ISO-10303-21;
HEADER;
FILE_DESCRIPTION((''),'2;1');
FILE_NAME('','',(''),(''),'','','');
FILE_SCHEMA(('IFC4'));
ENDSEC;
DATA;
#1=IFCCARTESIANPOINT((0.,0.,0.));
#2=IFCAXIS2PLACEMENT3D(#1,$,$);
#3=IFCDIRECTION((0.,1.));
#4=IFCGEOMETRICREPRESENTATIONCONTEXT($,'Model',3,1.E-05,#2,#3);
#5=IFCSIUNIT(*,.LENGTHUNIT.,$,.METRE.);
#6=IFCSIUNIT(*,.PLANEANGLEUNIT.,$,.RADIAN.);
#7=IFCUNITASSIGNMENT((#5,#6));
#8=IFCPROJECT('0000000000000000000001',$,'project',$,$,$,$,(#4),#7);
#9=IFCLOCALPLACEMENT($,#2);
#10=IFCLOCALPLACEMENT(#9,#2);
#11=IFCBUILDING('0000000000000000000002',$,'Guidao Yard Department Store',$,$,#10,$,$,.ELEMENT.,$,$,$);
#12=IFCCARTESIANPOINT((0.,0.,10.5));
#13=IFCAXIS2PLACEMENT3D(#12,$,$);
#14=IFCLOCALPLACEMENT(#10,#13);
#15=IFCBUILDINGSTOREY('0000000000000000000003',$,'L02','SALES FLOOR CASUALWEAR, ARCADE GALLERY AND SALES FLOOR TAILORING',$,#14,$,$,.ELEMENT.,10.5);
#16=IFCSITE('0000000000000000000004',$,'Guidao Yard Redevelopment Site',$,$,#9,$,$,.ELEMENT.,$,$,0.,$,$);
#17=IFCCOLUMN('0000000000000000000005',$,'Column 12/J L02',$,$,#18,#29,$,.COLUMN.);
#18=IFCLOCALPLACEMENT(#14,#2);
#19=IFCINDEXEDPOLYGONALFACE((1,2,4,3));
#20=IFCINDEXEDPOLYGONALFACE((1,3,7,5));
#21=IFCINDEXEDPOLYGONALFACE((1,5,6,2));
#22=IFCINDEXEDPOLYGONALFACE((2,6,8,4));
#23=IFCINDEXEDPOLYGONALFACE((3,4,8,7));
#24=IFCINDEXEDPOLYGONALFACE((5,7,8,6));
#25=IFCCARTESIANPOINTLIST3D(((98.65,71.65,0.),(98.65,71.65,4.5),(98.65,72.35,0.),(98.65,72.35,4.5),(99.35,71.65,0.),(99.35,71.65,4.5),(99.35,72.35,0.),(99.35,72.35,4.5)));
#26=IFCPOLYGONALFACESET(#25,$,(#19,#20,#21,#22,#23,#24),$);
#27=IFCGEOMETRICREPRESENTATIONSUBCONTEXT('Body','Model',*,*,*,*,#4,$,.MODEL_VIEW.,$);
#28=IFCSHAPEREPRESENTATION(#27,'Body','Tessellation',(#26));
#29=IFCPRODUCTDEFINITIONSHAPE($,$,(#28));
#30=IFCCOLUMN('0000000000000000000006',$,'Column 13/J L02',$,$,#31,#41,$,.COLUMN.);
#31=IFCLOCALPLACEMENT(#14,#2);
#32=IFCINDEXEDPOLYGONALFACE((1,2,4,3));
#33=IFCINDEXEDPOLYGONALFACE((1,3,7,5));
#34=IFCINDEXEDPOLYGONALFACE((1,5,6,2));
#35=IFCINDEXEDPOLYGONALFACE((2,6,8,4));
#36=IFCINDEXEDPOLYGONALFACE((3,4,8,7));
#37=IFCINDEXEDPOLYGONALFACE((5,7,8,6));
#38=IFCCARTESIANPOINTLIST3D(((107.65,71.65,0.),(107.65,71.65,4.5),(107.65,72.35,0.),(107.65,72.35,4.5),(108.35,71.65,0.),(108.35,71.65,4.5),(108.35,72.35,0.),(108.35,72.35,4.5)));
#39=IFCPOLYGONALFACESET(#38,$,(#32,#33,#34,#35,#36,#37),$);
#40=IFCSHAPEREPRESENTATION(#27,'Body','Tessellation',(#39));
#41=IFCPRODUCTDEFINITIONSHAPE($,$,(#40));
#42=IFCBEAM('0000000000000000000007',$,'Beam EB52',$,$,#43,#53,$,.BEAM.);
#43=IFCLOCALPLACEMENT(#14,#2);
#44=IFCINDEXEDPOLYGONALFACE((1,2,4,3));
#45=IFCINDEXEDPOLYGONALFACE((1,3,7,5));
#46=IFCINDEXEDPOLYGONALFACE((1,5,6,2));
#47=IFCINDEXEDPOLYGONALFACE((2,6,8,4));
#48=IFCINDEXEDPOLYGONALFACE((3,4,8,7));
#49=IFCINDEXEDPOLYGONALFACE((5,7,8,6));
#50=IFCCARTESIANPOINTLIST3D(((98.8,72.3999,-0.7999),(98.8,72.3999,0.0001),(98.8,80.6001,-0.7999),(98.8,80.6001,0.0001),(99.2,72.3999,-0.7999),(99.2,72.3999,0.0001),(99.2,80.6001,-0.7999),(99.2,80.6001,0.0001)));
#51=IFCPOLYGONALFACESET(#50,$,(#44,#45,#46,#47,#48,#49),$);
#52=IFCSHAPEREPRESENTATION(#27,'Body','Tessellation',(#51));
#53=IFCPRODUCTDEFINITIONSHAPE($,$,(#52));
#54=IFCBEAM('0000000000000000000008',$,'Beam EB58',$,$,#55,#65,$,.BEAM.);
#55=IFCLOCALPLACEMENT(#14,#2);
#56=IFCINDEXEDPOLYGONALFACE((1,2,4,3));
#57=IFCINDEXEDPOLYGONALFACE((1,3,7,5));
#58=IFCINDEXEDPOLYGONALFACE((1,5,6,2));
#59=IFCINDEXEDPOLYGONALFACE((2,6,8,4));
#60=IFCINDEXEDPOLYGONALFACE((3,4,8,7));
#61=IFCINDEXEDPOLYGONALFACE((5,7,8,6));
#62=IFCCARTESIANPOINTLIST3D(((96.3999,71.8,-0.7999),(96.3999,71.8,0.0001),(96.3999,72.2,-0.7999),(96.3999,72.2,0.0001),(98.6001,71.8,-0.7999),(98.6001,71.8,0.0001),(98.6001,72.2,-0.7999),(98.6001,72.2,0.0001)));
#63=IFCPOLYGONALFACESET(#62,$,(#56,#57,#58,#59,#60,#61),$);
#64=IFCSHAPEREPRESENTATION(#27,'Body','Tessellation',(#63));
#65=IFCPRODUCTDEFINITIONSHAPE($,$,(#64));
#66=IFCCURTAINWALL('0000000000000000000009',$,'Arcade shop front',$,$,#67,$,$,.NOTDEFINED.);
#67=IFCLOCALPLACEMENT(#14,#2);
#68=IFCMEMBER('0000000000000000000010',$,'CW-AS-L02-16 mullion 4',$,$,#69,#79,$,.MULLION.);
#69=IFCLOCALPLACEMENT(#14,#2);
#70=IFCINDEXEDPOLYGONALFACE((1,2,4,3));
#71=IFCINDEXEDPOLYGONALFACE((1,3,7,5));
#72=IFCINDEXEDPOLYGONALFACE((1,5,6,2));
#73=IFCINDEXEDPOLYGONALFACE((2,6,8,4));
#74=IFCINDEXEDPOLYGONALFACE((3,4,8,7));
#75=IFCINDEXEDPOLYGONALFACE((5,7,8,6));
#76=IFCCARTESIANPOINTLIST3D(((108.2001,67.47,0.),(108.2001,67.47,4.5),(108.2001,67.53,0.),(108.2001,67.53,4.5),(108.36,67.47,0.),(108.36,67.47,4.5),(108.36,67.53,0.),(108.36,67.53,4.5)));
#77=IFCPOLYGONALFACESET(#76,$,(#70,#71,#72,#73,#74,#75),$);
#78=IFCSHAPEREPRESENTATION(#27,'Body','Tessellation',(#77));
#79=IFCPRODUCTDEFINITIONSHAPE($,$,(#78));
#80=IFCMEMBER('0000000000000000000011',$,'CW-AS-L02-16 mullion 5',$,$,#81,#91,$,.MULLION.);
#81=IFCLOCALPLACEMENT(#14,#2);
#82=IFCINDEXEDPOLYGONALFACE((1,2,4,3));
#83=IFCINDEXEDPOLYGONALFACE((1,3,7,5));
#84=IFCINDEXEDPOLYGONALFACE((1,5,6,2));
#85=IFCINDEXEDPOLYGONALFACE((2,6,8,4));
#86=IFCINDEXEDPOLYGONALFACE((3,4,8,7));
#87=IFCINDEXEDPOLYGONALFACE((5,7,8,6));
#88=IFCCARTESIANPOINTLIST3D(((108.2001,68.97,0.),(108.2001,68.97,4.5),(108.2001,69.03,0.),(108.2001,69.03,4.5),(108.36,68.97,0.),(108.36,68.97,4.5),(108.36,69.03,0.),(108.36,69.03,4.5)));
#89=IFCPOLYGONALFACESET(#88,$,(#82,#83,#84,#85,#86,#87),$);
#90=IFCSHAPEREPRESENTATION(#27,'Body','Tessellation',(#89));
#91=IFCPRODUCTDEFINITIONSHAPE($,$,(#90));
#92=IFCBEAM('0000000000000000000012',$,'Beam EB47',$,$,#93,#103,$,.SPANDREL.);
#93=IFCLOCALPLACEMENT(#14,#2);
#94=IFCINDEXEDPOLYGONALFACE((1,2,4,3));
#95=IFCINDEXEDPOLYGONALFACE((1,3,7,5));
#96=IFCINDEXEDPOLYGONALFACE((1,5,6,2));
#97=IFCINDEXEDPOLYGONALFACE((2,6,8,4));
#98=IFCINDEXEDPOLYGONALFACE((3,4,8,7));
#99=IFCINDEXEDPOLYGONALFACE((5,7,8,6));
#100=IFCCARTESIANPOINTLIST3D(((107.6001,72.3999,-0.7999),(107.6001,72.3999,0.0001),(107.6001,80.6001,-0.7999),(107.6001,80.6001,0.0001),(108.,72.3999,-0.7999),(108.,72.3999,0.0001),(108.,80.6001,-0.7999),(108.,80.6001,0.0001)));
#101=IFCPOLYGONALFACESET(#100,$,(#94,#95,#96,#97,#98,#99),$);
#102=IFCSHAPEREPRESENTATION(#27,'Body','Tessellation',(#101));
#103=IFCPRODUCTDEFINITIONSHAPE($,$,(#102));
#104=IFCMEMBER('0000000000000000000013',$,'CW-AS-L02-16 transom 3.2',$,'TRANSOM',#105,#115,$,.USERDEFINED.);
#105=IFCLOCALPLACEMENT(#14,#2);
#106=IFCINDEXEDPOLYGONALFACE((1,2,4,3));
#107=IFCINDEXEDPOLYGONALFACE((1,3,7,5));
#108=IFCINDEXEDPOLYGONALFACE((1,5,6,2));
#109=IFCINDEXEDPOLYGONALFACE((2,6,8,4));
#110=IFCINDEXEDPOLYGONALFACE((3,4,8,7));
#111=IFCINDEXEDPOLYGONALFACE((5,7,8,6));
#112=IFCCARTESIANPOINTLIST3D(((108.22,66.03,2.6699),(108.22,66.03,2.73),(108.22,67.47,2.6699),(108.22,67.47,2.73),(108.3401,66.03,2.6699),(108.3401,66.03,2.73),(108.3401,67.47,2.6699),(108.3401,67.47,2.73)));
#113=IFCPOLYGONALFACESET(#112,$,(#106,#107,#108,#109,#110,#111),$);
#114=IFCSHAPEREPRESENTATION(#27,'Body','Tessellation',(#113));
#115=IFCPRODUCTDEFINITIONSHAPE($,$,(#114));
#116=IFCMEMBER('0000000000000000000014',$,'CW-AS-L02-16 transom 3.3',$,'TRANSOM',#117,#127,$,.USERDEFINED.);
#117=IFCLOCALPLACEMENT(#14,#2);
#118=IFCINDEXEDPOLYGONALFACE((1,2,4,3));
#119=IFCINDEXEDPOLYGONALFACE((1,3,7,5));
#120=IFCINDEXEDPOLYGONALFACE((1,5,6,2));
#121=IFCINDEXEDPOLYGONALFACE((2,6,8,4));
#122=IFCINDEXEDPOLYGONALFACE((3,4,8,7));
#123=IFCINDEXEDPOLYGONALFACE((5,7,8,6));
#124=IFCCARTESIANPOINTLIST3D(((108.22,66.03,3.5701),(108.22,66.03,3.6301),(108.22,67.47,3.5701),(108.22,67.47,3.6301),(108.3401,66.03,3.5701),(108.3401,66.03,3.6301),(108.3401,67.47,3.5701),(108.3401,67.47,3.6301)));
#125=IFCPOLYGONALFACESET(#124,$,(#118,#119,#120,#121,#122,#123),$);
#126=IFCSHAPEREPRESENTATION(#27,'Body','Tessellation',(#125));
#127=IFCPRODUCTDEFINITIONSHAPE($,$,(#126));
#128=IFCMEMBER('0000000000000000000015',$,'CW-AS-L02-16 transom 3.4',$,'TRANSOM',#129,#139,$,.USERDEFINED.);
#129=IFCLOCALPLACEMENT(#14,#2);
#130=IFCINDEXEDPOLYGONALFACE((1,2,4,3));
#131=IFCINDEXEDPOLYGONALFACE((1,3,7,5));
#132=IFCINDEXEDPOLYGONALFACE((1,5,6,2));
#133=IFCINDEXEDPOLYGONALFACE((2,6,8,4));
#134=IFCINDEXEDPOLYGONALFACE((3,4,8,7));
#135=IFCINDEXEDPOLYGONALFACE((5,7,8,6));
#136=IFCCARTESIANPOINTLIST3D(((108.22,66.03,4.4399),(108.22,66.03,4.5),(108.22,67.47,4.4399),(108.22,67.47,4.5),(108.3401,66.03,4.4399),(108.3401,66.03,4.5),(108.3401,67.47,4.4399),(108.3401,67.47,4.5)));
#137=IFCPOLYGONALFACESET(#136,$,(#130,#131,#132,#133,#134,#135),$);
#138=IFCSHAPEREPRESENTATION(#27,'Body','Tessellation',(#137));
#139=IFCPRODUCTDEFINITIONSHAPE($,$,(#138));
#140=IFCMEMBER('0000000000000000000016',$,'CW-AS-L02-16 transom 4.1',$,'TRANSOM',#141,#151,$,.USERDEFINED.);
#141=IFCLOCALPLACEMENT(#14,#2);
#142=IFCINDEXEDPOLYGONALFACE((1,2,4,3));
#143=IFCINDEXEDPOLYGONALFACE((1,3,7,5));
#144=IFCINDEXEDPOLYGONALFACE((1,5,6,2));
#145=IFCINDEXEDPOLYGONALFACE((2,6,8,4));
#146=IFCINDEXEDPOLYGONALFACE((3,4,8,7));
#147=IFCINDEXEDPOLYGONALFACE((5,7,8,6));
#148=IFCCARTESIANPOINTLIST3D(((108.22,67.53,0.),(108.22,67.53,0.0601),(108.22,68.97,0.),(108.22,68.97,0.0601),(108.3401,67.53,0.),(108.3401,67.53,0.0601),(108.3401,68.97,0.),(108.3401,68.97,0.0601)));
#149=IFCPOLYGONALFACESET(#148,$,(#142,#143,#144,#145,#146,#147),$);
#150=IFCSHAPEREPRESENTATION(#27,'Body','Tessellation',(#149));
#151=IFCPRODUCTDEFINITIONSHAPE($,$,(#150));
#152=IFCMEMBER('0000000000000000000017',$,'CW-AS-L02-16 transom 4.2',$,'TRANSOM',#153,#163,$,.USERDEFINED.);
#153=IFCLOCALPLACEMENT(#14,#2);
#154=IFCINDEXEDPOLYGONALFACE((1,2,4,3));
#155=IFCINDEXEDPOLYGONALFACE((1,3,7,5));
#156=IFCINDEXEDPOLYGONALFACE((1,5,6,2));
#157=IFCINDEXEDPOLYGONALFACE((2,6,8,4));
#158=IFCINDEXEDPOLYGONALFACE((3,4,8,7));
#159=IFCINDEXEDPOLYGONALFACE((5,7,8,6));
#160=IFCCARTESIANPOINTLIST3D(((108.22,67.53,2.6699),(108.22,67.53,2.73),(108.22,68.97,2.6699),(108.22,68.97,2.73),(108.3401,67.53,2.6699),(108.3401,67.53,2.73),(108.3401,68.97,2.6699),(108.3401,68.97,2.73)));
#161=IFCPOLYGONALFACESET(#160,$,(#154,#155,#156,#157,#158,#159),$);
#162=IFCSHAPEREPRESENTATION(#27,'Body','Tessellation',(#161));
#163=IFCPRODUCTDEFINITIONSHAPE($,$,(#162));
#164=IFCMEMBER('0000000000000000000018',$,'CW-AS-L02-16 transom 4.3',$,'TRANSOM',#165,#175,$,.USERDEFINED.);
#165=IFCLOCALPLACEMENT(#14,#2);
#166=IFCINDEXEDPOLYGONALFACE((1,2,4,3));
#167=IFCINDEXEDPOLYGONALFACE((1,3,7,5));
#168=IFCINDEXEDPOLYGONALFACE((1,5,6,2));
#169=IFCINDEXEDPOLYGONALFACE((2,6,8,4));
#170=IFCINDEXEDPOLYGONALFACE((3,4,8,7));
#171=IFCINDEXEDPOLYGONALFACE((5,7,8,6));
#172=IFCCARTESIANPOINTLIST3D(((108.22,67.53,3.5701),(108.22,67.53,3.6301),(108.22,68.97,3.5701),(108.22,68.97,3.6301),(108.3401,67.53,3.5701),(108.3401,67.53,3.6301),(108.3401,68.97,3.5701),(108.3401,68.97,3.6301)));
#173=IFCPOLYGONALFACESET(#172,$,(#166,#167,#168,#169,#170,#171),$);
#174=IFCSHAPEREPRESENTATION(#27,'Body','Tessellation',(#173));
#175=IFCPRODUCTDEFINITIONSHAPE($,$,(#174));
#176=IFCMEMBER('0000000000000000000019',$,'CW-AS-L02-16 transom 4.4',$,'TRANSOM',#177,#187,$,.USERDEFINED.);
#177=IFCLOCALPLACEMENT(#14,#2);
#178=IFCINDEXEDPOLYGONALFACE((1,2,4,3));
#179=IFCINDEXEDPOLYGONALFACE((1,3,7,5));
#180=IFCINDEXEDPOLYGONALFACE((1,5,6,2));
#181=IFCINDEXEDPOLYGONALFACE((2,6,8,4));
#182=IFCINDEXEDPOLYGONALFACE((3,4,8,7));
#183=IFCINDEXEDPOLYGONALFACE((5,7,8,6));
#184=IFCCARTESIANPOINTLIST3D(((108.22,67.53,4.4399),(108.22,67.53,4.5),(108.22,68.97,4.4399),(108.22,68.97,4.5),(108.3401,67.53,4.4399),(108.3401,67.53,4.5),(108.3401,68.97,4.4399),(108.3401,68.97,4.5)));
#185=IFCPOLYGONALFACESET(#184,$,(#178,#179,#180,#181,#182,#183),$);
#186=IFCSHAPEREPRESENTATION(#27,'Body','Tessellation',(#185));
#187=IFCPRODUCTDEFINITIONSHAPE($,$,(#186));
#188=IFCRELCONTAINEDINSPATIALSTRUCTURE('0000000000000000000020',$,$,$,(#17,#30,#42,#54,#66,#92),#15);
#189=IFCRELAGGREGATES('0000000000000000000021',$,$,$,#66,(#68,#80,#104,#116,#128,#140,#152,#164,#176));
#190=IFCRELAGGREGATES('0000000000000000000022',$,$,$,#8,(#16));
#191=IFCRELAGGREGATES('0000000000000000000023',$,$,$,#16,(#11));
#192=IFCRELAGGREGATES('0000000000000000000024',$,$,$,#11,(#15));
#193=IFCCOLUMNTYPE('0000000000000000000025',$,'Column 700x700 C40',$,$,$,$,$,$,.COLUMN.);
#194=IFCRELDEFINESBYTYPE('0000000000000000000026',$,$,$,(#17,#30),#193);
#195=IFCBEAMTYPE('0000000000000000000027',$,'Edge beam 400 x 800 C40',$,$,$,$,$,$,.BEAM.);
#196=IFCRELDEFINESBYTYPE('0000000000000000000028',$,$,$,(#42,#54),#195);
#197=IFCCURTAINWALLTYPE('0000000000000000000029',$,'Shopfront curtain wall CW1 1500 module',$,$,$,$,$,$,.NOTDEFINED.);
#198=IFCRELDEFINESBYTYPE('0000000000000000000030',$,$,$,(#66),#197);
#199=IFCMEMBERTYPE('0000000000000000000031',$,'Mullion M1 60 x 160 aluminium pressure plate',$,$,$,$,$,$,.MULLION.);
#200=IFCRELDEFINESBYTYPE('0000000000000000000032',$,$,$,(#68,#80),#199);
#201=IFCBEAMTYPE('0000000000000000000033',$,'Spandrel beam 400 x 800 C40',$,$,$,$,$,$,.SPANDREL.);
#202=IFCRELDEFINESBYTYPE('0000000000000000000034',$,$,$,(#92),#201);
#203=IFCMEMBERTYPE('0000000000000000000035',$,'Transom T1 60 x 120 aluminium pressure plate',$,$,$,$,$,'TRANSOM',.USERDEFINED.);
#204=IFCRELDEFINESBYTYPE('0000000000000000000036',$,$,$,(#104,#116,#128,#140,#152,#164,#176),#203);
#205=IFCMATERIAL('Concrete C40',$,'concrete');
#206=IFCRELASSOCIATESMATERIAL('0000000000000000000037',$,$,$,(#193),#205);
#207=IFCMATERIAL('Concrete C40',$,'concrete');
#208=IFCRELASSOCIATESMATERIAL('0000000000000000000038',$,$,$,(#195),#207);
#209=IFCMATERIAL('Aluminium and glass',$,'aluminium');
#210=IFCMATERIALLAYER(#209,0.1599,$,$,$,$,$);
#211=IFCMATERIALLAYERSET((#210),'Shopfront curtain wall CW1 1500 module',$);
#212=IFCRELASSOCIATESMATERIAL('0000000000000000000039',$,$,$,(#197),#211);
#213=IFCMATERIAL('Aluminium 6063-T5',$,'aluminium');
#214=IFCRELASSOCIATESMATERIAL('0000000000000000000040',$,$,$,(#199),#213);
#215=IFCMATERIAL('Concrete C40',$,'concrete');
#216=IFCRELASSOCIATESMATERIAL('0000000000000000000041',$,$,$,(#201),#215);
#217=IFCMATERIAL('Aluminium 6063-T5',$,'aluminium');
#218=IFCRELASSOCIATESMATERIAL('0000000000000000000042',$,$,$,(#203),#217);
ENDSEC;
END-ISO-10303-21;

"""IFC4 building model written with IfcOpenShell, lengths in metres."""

from ifc_helpers import new_model, si_unit, direction, frame, origin, origin_2d, place, context, subcontext, project, spatial, rectangle, extrude, material, layer, layer_set, material_profile, profile_set, type_object, element, aggregate, save


model = new_model("IFC4")

# Units and contexts
model_context = context("Model", 3, precision=1e-05, world=origin(), true_north=direction((0.0, 1.0)))
body_context = subcontext(model_context, "Body", "Model", "MODEL_VIEW")
ifc_project = project(units=[si_unit("LENGTHUNIT", "METRE"), si_unit("PLANEANGLEUNIT", "RADIAN")], contexts=[model_context])

# Site, building, storey
site_placement = place(None, origin())
site = spatial("IfcSite", under=ifc_project, at=site_placement, Name="Guidao Yard Redevelopment Site", CompositionType="ELEMENT", RefElevation=0.0)
building_placement = place(site_placement, origin())
building = spatial("IfcBuilding", under=site, at=building_placement, Name="Guidao Yard Department Store", CompositionType="ELEMENT")
storey_placement = place(building_placement, frame((0.0, 0.0, 10.5)))
storey = spatial("IfcBuildingStorey", under=building, at=storey_placement, Name="L02", Description="SALES FLOOR CASUALWEAR, ARCADE GALLERY AND SALES FLOOR TAILORING", CompositionType="ELEMENT", Elevation=10.5)

# Columns
ifc_material_1 = material(Name="Concrete C40", Category="concrete")
ifc_material_profile_1 = material_profile(ifc_material_1, rectangle(XDim=0.7, YDim=0.7, at=origin_2d()), Name="COL 700x700")
ifc_profile_set_1 = profile_set([ifc_material_profile_1], Name="Concrete C40")
column_type = type_object("IfcColumnType", Name="Column 700x700 C40", PredefinedType="COLUMN", material=ifc_profile_set_1)
for number, where, z_axis, x_axis, name in (
    (1, (99.0, 72.0, 0.0), (0.0, 0.0, 1.0), (1.0, 0.0, 0.0), "Column 12/J L02"),
    (2, (108.0, 72.0, 0.0), (0.0, 0.0, 1.0), (1.0, 0.0, 0.0), "Column 13/J L02"),
):
    element("IfcColumn", number, at=place(storey_placement, frame(where, z_axis=z_axis, x_axis=x_axis)), inside=storey, type_object=column_type, Name=name, PredefinedType="COLUMN", context=body_context, shape_type="SweptSolid", body=[
        extrude(rectangle(XDim=0.7, YDim=0.7, at=origin_2d()), origin(), (0.0, 0.0, 1.0), 4.5),
    ])

# Beams
ifc_material_2 = material(Name="Concrete C40", Category="concrete")
ifc_material_profile_2 = material_profile(ifc_material_2, rectangle(XDim=0.3999, YDim=0.8, at=origin_2d()), Name="Edge beam 400 x 800 C40")
ifc_profile_set_2 = profile_set([ifc_material_profile_2], Name="Concrete C40")
beam_type_1 = type_object("IfcBeamType", Name="Edge beam 400 x 800 C40", PredefinedType="BEAM", material=ifc_profile_set_2)
beam_1_placement = place(storey_placement, frame((99.0, 72.3999, -0.3999), z_axis=(0.0, 1.0, 0.0), x_axis=(-1.0, 0.0, 0.0)))
element("IfcBeam", 3, at=beam_1_placement, inside=storey, type_object=beam_type_1, Name="Beam EB52", PredefinedType="BEAM", context=body_context, shape_type="SweptSolid", body=[
    extrude(rectangle(XDim=0.3999, YDim=0.8, at=origin_2d()), origin(), (0.0, 0.0, 1.0), 8.2002),
])
beam_2_placement = place(storey_placement, frame((96.3999, 72.0, -0.3999), z_axis=(1.0, 0.0, 0.0), x_axis=(0.0, 1.0, 0.0)))
element("IfcBeam", 4, at=beam_2_placement, inside=storey, type_object=beam_type_1, Name="Beam EB58", PredefinedType="BEAM", context=body_context, shape_type="SweptSolid", body=[
    extrude(rectangle(XDim=0.3999, YDim=0.8, at=origin_2d()), origin(), (0.0, 0.0, 1.0), 2.2002),
])

# Curtain wall, members
ifc_material_3 = material(Name="Aluminium and glass", Category="aluminium")
ifc_layer_1 = layer(ifc_material_3, 0.1599)
ifc_layer_set_1 = layer_set([ifc_layer_1], Name="Shopfront curtain wall CW1 1500 module")
curtain_wall_type = type_object("IfcCurtainWallType", Name="Shopfront curtain wall CW1 1500 module", PredefinedType="NOTDEFINED", material=ifc_layer_set_1)
curtain_wall_placement = place(storey_placement, origin())
curtain_wall = element("IfcCurtainWall", 5, at=curtain_wall_placement, inside=storey, type_object=curtain_wall_type, Name="Arcade shop front", PredefinedType="NOTDEFINED")
ifc_material_4 = material(Name="Aluminium 6063-T5", Category="aluminium")
ifc_material_profile_3 = material_profile(ifc_material_4, rectangle(XDim=0.0601, YDim=0.1599, at=origin_2d()), Name="Mullion M1 60 x 160 aluminium pressure plate")
ifc_profile_set_3 = profile_set([ifc_material_profile_3], Name="Aluminium 6063-T5")
member_type_1 = type_object("IfcMemberType", Name="Mullion M1 60 x 160 aluminium pressure plate", PredefinedType="MULLION", material=ifc_profile_set_3)
member_1_placement = place(storey_placement, frame((108.28, 67.5, 0.0), z_axis=(0.0, 0.0, 1.0), x_axis=(0.0, -1.0, 0.0)))
member_1 = element("IfcMember", 6, at=member_1_placement, type_object=member_type_1, Name="CW-AS-L02-16 mullion 4", PredefinedType="MULLION", context=body_context, shape_type="SweptSolid", body=[
    extrude(rectangle(XDim=0.0601, YDim=0.1599, at=origin_2d()), origin(), (0.0, 0.0, 1.0), 4.5),
])
member_2_placement = place(storey_placement, frame((108.28, 69.0, 0.0), z_axis=(0.0, 0.0, 1.0), x_axis=(0.0, -1.0, 0.0)))
member_2 = element("IfcMember", 7, at=member_2_placement, type_object=member_type_1, Name="CW-AS-L02-16 mullion 5", PredefinedType="MULLION", context=body_context, shape_type="SweptSolid", body=[
    extrude(rectangle(XDim=0.0601, YDim=0.1599, at=origin_2d()), origin(), (0.0, 0.0, 1.0), 4.5),
])

# Beam
ifc_material_5 = material(Name="Concrete C40", Category="concrete")
ifc_material_profile_4 = material_profile(ifc_material_5, rectangle(XDim=0.3999, YDim=0.8, at=origin_2d()), Name="Spandrel beam 400 x 800 C40")
ifc_profile_set_4 = profile_set([ifc_material_profile_4], Name="Concrete C40")
beam_type_2 = type_object("IfcBeamType", Name="Spandrel beam 400 x 800 C40", PredefinedType="SPANDREL", material=ifc_profile_set_4)
beam_3_placement = place(storey_placement, frame((107.8, 72.3999, -0.3999), z_axis=(0.0, 1.0, 0.0), x_axis=(-1.0, 0.0, 0.0)))
element("IfcBeam", 8, at=beam_3_placement, inside=storey, type_object=beam_type_2, Name="Beam EB47", PredefinedType="SPANDREL", context=body_context, shape_type="SweptSolid", body=[
    extrude(rectangle(XDim=0.3999, YDim=0.8, at=origin_2d()), origin(), (0.0, 0.0, 1.0), 8.2002),
])

# Members
ifc_material_6 = material(Name="Aluminium 6063-T5", Category="aluminium")
ifc_material_profile_5 = material_profile(ifc_material_6, rectangle(XDim=0.1201, YDim=0.0601, at=origin_2d()), Name="Transom T1 60 x 120 aluminium pressure plate")
ifc_profile_set_5 = profile_set([ifc_material_profile_5], Name="Aluminium 6063-T5")
member_type_2 = type_object("IfcMemberType", Name="Transom T1 60 x 120 aluminium pressure plate", ElementType="TRANSOM", PredefinedType="USERDEFINED", material=ifc_profile_set_5)
member_3_placement = place(storey_placement, frame((108.28, 67.47, 2.7), z_axis=(0.0, -1.0, 0.0), x_axis=(1.0, 0.0, 0.0)))
member_3 = element("IfcMember", 9, at=member_3_placement, type_object=member_type_2, Name="CW-AS-L02-16 transom 3.2", ObjectType="TRANSOM", PredefinedType="USERDEFINED", context=body_context, shape_type="SweptSolid", body=[
    extrude(rectangle(XDim=0.1201, YDim=0.0601, at=origin_2d()), origin(), (0.0, 0.0, 1.0), 1.4399),
])
member_4_placement = place(storey_placement, frame((108.28, 67.47, 3.6001), z_axis=(0.0, -1.0, 0.0), x_axis=(1.0, 0.0, 0.0)))
member_4 = element("IfcMember", 10, at=member_4_placement, type_object=member_type_2, Name="CW-AS-L02-16 transom 3.3", ObjectType="TRANSOM", PredefinedType="USERDEFINED", context=body_context, shape_type="SweptSolid", body=[
    extrude(rectangle(XDim=0.1201, YDim=0.0601, at=origin_2d()), origin(), (0.0, 0.0, 1.0), 1.4399),
])
member_5_placement = place(storey_placement, frame((108.28, 67.47, 4.47), z_axis=(0.0, -1.0, 0.0), x_axis=(1.0, 0.0, 0.0)))
member_5 = element("IfcMember", 11, at=member_5_placement, type_object=member_type_2, Name="CW-AS-L02-16 transom 3.4", ObjectType="TRANSOM", PredefinedType="USERDEFINED", context=body_context, shape_type="SweptSolid", body=[
    extrude(rectangle(XDim=0.1201, YDim=0.0601, at=origin_2d()), origin(), (0.0, 0.0, 1.0), 1.4399),
])
member_6_placement = place(storey_placement, frame((108.28, 68.97, 0.03), z_axis=(0.0, -1.0, 0.0), x_axis=(1.0, 0.0, 0.0)))
member_6 = element("IfcMember", 12, at=member_6_placement, type_object=member_type_2, Name="CW-AS-L02-16 transom 4.1", ObjectType="TRANSOM", PredefinedType="USERDEFINED", context=body_context, shape_type="SweptSolid", body=[
    extrude(rectangle(XDim=0.1201, YDim=0.0601, at=origin_2d()), origin(), (0.0, 0.0, 1.0), 1.4399),
])
member_7_placement = place(storey_placement, frame((108.28, 68.97, 2.7), z_axis=(0.0, -1.0, 0.0), x_axis=(1.0, 0.0, 0.0)))
member_7 = element("IfcMember", 13, at=member_7_placement, type_object=member_type_2, Name="CW-AS-L02-16 transom 4.2", ObjectType="TRANSOM", PredefinedType="USERDEFINED", context=body_context, shape_type="SweptSolid", body=[
    extrude(rectangle(XDim=0.1201, YDim=0.0601, at=origin_2d()), origin(), (0.0, 0.0, 1.0), 1.4399),
])
member_8_placement = place(storey_placement, frame((108.28, 68.97, 3.6001), z_axis=(0.0, -1.0, 0.0), x_axis=(1.0, 0.0, 0.0)))
member_8 = element("IfcMember", 14, at=member_8_placement, type_object=member_type_2, Name="CW-AS-L02-16 transom 4.3", ObjectType="TRANSOM", PredefinedType="USERDEFINED", context=body_context, shape_type="SweptSolid", body=[
    extrude(rectangle(XDim=0.1201, YDim=0.0601, at=origin_2d()), origin(), (0.0, 0.0, 1.0), 1.4399),
])
member_9_placement = place(storey_placement, frame((108.28, 68.97, 4.47), z_axis=(0.0, -1.0, 0.0), x_axis=(1.0, 0.0, 0.0)))
member_9 = element("IfcMember", 15, at=member_9_placement, type_object=member_type_2, Name="CW-AS-L02-16 transom 4.4", ObjectType="TRANSOM", PredefinedType="USERDEFINED", context=body_context, shape_type="SweptSolid", body=[
    extrude(rectangle(XDim=0.1201, YDim=0.0601, at=origin_2d()), origin(), (0.0, 0.0, 1.0), 1.4399),
])

aggregate(curtain_wall, [member_1, member_2, member_3, member_4, member_5, member_6, member_7, member_8, member_9])

save(model, "model.ifc")
